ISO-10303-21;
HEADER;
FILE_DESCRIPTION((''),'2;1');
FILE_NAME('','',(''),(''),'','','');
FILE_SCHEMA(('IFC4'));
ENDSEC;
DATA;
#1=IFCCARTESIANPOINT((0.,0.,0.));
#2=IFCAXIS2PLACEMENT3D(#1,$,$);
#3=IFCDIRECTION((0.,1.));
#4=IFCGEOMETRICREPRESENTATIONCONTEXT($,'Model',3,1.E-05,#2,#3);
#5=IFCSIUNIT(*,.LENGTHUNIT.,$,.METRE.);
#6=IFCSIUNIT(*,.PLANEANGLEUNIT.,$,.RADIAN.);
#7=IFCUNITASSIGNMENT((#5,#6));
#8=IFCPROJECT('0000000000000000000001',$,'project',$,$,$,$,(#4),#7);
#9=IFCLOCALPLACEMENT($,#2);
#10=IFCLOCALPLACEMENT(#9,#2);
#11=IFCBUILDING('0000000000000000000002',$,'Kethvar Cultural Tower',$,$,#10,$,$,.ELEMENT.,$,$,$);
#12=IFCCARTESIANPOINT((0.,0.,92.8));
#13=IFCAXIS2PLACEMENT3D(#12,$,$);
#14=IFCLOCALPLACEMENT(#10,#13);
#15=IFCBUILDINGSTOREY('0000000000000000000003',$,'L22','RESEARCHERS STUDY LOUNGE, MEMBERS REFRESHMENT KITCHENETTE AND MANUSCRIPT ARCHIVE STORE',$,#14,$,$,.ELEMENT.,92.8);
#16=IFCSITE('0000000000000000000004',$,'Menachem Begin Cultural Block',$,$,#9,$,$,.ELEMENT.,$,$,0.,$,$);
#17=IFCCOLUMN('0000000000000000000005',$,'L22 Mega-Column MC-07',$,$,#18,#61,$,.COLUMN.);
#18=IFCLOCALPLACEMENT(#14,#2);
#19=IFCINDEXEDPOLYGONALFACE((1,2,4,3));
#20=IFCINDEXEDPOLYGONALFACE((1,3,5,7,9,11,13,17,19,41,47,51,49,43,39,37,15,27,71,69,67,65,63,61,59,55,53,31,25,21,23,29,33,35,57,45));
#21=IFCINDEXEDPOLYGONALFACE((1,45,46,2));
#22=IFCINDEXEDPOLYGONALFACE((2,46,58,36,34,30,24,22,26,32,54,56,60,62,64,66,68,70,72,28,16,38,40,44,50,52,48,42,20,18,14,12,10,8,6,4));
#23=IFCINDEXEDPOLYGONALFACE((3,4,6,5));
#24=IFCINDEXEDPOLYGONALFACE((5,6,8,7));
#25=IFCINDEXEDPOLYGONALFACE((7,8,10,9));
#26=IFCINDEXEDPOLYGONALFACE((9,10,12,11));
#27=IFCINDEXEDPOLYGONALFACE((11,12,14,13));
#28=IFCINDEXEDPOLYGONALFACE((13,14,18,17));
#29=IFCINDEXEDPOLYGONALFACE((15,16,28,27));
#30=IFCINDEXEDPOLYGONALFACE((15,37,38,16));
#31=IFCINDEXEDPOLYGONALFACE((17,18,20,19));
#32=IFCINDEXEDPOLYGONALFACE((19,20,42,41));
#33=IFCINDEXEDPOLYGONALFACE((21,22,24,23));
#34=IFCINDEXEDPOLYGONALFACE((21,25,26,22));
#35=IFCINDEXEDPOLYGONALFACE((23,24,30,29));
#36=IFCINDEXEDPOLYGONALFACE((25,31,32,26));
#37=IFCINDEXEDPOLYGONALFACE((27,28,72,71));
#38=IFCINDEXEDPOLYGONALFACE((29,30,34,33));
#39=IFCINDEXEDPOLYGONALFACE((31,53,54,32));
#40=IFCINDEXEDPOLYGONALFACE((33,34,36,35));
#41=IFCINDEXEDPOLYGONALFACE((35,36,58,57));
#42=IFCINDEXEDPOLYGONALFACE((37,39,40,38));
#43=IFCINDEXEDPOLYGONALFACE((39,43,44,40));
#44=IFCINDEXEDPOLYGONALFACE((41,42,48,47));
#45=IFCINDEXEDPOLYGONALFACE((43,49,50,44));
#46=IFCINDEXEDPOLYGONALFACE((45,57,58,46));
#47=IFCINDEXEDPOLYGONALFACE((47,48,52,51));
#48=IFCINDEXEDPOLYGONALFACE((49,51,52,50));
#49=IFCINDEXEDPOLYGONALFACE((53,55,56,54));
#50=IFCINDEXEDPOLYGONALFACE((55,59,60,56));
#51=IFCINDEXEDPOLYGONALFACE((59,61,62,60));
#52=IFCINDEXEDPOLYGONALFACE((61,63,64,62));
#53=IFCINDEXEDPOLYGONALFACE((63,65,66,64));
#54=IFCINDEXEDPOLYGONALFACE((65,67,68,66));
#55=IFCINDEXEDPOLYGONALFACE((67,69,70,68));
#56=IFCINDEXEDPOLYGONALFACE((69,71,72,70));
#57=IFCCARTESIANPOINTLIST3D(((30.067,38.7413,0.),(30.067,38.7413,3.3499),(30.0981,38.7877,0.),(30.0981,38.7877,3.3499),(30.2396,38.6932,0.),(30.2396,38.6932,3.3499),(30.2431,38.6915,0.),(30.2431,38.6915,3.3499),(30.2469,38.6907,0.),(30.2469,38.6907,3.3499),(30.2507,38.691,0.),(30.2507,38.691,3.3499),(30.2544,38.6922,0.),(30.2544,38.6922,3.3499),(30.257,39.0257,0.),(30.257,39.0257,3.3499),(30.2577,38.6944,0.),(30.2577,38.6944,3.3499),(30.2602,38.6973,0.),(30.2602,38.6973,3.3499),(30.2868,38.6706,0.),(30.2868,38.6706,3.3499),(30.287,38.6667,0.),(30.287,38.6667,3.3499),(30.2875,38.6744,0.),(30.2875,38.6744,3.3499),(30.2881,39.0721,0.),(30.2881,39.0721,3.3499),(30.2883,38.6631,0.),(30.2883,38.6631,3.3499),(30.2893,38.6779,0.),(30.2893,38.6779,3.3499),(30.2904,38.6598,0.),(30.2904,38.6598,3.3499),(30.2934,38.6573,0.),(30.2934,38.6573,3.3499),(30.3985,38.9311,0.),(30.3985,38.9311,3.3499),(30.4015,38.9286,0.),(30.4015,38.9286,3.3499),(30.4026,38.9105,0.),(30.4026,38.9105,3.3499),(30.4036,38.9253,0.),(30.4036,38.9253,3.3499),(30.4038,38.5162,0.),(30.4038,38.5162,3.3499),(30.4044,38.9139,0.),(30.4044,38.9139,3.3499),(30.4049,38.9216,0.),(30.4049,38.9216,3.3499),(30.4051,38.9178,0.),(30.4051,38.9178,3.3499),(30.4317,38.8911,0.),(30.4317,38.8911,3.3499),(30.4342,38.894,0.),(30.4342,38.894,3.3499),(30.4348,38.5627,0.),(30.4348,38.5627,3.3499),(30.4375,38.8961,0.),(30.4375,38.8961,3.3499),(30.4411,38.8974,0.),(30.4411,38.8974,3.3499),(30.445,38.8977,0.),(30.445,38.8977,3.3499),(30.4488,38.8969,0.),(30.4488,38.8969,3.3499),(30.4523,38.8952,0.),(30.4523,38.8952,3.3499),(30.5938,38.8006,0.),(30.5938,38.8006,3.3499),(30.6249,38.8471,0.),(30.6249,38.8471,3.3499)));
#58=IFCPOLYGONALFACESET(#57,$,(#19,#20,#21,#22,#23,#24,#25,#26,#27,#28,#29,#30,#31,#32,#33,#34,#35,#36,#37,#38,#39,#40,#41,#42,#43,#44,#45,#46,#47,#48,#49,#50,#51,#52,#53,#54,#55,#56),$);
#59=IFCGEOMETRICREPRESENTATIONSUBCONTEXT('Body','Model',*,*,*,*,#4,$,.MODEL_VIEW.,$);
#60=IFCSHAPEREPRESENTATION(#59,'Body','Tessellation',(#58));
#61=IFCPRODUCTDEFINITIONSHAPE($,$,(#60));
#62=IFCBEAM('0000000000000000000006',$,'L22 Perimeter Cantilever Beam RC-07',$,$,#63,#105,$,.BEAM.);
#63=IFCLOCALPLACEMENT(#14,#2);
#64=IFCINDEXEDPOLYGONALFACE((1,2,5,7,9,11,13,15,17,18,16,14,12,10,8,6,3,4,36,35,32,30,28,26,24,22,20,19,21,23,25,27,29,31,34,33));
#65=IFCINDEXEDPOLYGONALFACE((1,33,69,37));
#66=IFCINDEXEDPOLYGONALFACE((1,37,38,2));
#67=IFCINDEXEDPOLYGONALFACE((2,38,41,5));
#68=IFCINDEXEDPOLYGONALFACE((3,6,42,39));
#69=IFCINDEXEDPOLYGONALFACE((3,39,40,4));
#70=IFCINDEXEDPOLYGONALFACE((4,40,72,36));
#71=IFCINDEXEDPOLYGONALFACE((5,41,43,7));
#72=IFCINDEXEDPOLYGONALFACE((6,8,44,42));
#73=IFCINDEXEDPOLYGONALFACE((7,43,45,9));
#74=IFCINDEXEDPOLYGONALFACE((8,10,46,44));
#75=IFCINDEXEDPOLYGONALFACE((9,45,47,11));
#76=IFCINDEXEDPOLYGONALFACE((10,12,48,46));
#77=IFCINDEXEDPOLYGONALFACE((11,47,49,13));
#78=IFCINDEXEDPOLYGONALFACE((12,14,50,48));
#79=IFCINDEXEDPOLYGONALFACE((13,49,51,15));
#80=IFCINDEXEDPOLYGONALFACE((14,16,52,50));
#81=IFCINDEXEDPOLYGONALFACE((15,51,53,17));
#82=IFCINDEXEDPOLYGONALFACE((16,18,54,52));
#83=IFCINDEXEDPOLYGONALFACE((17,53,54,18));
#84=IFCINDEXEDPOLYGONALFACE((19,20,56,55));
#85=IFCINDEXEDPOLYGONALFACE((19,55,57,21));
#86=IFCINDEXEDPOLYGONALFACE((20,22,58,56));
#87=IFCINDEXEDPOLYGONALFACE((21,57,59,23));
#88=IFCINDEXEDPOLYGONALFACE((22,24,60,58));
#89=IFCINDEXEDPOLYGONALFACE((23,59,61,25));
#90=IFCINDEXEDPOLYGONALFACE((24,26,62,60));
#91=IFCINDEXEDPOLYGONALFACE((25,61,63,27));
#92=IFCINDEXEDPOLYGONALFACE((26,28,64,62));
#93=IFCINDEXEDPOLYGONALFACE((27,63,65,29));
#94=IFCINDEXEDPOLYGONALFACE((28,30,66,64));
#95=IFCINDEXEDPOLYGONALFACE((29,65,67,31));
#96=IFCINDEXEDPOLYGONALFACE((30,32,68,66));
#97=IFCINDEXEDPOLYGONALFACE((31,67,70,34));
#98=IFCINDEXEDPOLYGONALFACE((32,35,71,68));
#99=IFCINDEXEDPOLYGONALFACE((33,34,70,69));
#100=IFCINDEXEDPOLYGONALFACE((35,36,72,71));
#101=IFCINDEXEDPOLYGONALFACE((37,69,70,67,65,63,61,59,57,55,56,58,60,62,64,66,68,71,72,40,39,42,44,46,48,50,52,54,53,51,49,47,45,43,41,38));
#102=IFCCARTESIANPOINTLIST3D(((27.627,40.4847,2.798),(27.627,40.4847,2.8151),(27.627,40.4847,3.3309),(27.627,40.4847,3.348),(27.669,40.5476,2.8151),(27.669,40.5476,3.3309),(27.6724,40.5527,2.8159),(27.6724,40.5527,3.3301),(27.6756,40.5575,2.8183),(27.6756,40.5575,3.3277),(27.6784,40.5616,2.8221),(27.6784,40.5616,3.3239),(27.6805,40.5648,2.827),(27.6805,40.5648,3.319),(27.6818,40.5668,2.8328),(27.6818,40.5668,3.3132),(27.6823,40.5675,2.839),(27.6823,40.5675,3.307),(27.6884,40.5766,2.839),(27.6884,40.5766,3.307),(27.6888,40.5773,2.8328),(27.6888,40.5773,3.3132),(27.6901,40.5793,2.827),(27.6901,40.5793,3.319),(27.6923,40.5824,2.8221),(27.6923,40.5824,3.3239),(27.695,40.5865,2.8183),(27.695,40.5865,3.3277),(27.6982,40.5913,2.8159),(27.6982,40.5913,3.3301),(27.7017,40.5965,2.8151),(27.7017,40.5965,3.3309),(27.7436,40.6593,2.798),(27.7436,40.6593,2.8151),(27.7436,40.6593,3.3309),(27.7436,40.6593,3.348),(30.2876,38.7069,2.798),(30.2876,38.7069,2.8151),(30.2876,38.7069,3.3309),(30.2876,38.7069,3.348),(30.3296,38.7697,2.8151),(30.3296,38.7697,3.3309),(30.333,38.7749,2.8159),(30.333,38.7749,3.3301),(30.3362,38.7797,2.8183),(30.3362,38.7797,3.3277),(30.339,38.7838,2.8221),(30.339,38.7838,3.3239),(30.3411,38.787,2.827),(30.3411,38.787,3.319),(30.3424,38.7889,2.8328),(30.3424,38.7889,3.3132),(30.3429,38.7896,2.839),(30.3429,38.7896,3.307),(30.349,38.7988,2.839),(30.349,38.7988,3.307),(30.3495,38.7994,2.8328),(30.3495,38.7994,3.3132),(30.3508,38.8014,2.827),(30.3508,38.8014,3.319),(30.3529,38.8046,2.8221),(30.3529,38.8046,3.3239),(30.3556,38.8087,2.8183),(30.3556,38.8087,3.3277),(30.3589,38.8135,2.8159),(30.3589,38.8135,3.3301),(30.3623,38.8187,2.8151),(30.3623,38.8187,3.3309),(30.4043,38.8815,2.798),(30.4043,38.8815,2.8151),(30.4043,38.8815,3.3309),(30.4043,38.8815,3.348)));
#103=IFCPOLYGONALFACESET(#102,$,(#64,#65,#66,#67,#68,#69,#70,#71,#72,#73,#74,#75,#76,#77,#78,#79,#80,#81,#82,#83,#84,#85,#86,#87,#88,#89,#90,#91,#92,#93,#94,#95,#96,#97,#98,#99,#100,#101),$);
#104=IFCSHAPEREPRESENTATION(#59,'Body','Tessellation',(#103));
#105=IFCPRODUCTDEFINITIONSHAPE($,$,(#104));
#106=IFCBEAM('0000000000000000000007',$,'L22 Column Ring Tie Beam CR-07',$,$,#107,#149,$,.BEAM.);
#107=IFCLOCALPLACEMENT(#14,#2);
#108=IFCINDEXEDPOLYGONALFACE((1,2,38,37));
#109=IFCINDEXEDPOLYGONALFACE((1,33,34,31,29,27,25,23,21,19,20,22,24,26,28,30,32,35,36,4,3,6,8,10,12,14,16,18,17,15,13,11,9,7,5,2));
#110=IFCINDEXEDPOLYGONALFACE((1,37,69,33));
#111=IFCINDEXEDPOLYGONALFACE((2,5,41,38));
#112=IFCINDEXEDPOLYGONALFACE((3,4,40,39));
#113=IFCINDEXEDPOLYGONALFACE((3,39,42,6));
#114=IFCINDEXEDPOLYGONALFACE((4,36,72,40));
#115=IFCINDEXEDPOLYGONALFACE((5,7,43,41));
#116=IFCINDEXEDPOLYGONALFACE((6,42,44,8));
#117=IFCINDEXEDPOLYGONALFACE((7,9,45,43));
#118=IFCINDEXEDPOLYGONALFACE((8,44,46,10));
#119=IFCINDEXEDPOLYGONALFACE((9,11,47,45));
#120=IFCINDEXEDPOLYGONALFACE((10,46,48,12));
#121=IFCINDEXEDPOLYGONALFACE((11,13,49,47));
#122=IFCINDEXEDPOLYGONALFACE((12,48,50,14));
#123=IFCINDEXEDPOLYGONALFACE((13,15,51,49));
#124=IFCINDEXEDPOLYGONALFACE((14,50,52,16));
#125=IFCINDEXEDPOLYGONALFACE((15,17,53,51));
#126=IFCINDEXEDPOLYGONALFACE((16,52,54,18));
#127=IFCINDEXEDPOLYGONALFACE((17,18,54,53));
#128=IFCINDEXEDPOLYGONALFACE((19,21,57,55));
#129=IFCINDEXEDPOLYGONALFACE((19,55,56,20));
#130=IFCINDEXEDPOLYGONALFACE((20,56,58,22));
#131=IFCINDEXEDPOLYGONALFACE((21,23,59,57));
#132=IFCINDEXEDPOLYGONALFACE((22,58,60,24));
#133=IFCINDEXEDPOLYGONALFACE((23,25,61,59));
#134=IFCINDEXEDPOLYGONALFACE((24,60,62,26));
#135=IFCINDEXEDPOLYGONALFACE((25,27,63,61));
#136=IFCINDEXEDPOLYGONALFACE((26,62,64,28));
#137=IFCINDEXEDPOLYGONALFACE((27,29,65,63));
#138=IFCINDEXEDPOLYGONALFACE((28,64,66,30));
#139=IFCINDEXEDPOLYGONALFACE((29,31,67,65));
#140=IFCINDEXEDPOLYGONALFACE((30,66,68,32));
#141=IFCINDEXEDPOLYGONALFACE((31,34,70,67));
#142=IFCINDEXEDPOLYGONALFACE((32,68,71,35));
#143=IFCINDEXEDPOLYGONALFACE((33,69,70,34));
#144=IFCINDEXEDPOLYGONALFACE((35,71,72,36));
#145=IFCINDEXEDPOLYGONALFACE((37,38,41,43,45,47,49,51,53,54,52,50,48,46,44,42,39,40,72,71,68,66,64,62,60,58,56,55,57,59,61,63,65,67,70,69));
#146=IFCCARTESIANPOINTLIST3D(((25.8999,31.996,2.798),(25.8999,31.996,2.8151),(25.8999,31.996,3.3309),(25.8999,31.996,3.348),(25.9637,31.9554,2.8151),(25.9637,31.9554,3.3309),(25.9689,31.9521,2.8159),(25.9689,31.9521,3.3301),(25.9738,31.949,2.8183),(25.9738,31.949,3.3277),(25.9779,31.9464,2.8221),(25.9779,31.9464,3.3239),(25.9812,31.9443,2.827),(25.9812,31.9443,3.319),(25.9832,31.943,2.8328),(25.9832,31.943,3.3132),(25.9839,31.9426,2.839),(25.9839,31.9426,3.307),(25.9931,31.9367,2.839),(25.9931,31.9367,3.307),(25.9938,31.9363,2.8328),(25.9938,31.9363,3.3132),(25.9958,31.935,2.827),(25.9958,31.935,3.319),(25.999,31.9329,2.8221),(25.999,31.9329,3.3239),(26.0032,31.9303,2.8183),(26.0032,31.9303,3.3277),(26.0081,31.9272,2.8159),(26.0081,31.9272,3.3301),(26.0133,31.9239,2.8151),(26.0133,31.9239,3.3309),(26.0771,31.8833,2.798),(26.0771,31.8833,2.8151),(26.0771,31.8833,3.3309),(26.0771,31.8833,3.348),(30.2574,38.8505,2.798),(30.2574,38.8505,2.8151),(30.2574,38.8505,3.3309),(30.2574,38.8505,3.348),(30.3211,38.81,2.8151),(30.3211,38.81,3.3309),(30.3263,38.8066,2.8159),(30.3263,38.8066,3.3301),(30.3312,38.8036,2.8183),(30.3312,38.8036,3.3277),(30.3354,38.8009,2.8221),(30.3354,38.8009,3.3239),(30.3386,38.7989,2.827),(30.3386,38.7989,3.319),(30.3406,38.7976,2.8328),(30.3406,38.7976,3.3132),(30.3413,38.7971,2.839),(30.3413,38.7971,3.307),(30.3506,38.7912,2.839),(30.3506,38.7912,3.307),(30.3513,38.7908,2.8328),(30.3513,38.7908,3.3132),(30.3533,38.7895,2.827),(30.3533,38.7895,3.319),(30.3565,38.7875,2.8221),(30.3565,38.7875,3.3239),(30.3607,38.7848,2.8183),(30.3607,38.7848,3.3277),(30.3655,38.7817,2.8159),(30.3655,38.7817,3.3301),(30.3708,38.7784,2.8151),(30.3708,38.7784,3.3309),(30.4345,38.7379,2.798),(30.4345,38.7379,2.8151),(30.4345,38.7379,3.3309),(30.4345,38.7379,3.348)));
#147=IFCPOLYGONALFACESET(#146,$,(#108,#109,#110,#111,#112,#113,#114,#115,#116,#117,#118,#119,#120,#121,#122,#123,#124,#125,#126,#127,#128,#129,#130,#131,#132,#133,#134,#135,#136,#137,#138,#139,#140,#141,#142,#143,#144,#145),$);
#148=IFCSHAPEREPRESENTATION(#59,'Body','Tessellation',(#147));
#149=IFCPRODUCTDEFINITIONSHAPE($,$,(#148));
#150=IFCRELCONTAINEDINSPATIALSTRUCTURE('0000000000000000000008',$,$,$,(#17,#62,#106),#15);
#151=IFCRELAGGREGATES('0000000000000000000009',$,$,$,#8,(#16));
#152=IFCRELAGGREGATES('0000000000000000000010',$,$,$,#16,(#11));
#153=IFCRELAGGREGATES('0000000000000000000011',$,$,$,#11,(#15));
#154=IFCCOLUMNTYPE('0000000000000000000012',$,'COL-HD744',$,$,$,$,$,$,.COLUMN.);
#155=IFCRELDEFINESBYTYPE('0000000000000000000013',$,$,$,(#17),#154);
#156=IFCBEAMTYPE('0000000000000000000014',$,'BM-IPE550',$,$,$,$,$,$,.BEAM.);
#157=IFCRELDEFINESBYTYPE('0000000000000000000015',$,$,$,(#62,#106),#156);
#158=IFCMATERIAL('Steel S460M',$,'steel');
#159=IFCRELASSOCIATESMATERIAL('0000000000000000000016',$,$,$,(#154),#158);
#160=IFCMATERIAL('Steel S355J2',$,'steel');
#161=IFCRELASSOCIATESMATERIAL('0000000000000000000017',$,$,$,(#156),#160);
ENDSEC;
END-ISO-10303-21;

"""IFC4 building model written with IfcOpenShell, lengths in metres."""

from ifc_helpers import new_model, si_unit, direction, frame, origin, origin_2d, place, context, subcontext, project, spatial, i_section, extrude, source, transform, mapped, material, material_profile, profile_set, type_object, element, save


model = new_model("IFC4")

# Units and contexts
model_context = context("Model", 3, precision=1e-05, world=origin(), true_north=direction((0.0, 1.0)))
body_context = subcontext(model_context, "Body", "Model", "MODEL_VIEW")
ifc_project = project(units=[si_unit("LENGTHUNIT", "METRE"), si_unit("PLANEANGLEUNIT", "RADIAN")], contexts=[model_context])

# Site, building, storey
site_placement = place(None, origin())
site = spatial("IfcSite", under=ifc_project, at=site_placement, Name="Menachem Begin Cultural Block", CompositionType="ELEMENT", RefElevation=0.0)
building_placement = place(site_placement, origin())
building = spatial("IfcBuilding", under=site, at=building_placement, Name="Kethvar Cultural Tower", CompositionType="ELEMENT")
storey_placement = place(building_placement, frame((0.0, 0.0, 92.8)))
storey = spatial("IfcBuildingStorey", under=building, at=storey_placement, Name="L22", Description="RESEARCHERS STUDY LOUNGE, MEMBERS REFRESHMENT KITCHENETTE AND MANUSCRIPT ARCHIVE STORE", CompositionType="ELEMENT", Elevation=92.8)

# Column
ifc_material_1 = material(Name="Steel S460M", Category="steel")
ifc_material_profile_1 = material_profile(ifc_material_1, i_section(OverallWidth=0.405, OverallDepth=0.3979, WebThickness=0.0349, FlangeThickness=0.0559, FilletRadius=0.0149, at=origin_2d()), Name="Steel S460M — HD400x744")
ifc_profile_set_1 = profile_set([ifc_material_profile_1], Name="Steel S460M — HD400x744")
column_type = type_object("IfcColumnType", Name="COL-HD744", PredefinedType="COLUMN", material=ifc_profile_set_1)
shared_shape_1 = source(origin(), body_context, "Body", "SweptSolid", [
    extrude(i_section(OverallWidth=0.405, OverallDepth=0.3979, WebThickness=0.0349, FlangeThickness=0.0559, FilletRadius=0.0149, at=origin_2d()), origin(), (0.0, 0.0, 1.0), 3.3499),
])
column_placement = place(storey_placement, frame((30.3459, 38.7942, 0.0), z_axis=(0.0, 0.0, 1.0), x_axis=(-0.83147, 0.55557, 0.0)))
element("IfcColumn", 1, at=column_placement, inside=storey, type_object=column_type, Name="L22 Mega-Column MC-07", PredefinedType="COLUMN", context=body_context, shape_type="MappedRepresentation", body=[
    mapped(shared_shape_1, transform((0.0, 0.0, 0.0), scale=1.0)),
])

# Beams
ifc_material_2 = material(Name="Steel S355J2", Category="steel")
ifc_material_profile_2 = material_profile(ifc_material_2, i_section(OverallWidth=0.21, OverallDepth=0.55, WebThickness=0.011, FlangeThickness=0.0171, FilletRadius=0.0239, at=origin_2d()), Name="Steel S355J2 — IPE550")
ifc_profile_set_2 = profile_set([ifc_material_profile_2], Name="Steel S355J2 — IPE550")
beam_type_1 = type_object("IfcBeamType", Name="BM-IPE550", PredefinedType="BEAM", material=ifc_profile_set_2)
shared_shape_2 = source(origin(), body_context, "Body", "SweptSolid", [
    extrude(i_section(OverallWidth=0.21, OverallDepth=0.55, WebThickness=0.011, FlangeThickness=0.0171, FilletRadius=0.0239, at=origin_2d()), origin(), (0.0, 0.0, 1.0), 3.2),
])
beam_1_placement = place(storey_placement, frame((30.3459, 38.7942, 3.073), z_axis=(-0.831463, 0.55558, 0.0), x_axis=(-0.55558, -0.831463, 0.0)))
element("IfcBeam", 2, at=beam_1_placement, inside=storey, type_object=beam_type_1, Name="L22 Perimeter Cantilever Beam RC-07", PredefinedType="BEAM", context=body_context, shape_type="MappedRepresentation", body=[
    mapped(shared_shape_2, transform((0.0, 0.0, 0.0), scale=1.0)),
])
shared_shape_3 = source(origin(), body_context, "Body", "SweptSolid", [
    extrude(i_section(OverallWidth=0.21, OverallDepth=0.55, WebThickness=0.011, FlangeThickness=0.0171, FilletRadius=0.0239, at=origin_2d()), origin(), (0.0, 0.0, 1.0), 8.1223),
])
beam_2_placement = place(storey_placement, frame((30.3459, 38.7942, 3.073), z_axis=(-0.536479, -0.843914, 0.0), x_axis=(0.843914, -0.536479, 0.0)))
element("IfcBeam", 3, at=beam_2_placement, inside=storey, type_object=beam_type_1, Name="L22 Column Ring Tie Beam CR-07", PredefinedType="BEAM", context=body_context, shape_type="MappedRepresentation", body=[
    mapped(shared_shape_3, transform((0.0, 0.0, 0.0), scale=1.0)),
])

save(model, "model.ifc")
